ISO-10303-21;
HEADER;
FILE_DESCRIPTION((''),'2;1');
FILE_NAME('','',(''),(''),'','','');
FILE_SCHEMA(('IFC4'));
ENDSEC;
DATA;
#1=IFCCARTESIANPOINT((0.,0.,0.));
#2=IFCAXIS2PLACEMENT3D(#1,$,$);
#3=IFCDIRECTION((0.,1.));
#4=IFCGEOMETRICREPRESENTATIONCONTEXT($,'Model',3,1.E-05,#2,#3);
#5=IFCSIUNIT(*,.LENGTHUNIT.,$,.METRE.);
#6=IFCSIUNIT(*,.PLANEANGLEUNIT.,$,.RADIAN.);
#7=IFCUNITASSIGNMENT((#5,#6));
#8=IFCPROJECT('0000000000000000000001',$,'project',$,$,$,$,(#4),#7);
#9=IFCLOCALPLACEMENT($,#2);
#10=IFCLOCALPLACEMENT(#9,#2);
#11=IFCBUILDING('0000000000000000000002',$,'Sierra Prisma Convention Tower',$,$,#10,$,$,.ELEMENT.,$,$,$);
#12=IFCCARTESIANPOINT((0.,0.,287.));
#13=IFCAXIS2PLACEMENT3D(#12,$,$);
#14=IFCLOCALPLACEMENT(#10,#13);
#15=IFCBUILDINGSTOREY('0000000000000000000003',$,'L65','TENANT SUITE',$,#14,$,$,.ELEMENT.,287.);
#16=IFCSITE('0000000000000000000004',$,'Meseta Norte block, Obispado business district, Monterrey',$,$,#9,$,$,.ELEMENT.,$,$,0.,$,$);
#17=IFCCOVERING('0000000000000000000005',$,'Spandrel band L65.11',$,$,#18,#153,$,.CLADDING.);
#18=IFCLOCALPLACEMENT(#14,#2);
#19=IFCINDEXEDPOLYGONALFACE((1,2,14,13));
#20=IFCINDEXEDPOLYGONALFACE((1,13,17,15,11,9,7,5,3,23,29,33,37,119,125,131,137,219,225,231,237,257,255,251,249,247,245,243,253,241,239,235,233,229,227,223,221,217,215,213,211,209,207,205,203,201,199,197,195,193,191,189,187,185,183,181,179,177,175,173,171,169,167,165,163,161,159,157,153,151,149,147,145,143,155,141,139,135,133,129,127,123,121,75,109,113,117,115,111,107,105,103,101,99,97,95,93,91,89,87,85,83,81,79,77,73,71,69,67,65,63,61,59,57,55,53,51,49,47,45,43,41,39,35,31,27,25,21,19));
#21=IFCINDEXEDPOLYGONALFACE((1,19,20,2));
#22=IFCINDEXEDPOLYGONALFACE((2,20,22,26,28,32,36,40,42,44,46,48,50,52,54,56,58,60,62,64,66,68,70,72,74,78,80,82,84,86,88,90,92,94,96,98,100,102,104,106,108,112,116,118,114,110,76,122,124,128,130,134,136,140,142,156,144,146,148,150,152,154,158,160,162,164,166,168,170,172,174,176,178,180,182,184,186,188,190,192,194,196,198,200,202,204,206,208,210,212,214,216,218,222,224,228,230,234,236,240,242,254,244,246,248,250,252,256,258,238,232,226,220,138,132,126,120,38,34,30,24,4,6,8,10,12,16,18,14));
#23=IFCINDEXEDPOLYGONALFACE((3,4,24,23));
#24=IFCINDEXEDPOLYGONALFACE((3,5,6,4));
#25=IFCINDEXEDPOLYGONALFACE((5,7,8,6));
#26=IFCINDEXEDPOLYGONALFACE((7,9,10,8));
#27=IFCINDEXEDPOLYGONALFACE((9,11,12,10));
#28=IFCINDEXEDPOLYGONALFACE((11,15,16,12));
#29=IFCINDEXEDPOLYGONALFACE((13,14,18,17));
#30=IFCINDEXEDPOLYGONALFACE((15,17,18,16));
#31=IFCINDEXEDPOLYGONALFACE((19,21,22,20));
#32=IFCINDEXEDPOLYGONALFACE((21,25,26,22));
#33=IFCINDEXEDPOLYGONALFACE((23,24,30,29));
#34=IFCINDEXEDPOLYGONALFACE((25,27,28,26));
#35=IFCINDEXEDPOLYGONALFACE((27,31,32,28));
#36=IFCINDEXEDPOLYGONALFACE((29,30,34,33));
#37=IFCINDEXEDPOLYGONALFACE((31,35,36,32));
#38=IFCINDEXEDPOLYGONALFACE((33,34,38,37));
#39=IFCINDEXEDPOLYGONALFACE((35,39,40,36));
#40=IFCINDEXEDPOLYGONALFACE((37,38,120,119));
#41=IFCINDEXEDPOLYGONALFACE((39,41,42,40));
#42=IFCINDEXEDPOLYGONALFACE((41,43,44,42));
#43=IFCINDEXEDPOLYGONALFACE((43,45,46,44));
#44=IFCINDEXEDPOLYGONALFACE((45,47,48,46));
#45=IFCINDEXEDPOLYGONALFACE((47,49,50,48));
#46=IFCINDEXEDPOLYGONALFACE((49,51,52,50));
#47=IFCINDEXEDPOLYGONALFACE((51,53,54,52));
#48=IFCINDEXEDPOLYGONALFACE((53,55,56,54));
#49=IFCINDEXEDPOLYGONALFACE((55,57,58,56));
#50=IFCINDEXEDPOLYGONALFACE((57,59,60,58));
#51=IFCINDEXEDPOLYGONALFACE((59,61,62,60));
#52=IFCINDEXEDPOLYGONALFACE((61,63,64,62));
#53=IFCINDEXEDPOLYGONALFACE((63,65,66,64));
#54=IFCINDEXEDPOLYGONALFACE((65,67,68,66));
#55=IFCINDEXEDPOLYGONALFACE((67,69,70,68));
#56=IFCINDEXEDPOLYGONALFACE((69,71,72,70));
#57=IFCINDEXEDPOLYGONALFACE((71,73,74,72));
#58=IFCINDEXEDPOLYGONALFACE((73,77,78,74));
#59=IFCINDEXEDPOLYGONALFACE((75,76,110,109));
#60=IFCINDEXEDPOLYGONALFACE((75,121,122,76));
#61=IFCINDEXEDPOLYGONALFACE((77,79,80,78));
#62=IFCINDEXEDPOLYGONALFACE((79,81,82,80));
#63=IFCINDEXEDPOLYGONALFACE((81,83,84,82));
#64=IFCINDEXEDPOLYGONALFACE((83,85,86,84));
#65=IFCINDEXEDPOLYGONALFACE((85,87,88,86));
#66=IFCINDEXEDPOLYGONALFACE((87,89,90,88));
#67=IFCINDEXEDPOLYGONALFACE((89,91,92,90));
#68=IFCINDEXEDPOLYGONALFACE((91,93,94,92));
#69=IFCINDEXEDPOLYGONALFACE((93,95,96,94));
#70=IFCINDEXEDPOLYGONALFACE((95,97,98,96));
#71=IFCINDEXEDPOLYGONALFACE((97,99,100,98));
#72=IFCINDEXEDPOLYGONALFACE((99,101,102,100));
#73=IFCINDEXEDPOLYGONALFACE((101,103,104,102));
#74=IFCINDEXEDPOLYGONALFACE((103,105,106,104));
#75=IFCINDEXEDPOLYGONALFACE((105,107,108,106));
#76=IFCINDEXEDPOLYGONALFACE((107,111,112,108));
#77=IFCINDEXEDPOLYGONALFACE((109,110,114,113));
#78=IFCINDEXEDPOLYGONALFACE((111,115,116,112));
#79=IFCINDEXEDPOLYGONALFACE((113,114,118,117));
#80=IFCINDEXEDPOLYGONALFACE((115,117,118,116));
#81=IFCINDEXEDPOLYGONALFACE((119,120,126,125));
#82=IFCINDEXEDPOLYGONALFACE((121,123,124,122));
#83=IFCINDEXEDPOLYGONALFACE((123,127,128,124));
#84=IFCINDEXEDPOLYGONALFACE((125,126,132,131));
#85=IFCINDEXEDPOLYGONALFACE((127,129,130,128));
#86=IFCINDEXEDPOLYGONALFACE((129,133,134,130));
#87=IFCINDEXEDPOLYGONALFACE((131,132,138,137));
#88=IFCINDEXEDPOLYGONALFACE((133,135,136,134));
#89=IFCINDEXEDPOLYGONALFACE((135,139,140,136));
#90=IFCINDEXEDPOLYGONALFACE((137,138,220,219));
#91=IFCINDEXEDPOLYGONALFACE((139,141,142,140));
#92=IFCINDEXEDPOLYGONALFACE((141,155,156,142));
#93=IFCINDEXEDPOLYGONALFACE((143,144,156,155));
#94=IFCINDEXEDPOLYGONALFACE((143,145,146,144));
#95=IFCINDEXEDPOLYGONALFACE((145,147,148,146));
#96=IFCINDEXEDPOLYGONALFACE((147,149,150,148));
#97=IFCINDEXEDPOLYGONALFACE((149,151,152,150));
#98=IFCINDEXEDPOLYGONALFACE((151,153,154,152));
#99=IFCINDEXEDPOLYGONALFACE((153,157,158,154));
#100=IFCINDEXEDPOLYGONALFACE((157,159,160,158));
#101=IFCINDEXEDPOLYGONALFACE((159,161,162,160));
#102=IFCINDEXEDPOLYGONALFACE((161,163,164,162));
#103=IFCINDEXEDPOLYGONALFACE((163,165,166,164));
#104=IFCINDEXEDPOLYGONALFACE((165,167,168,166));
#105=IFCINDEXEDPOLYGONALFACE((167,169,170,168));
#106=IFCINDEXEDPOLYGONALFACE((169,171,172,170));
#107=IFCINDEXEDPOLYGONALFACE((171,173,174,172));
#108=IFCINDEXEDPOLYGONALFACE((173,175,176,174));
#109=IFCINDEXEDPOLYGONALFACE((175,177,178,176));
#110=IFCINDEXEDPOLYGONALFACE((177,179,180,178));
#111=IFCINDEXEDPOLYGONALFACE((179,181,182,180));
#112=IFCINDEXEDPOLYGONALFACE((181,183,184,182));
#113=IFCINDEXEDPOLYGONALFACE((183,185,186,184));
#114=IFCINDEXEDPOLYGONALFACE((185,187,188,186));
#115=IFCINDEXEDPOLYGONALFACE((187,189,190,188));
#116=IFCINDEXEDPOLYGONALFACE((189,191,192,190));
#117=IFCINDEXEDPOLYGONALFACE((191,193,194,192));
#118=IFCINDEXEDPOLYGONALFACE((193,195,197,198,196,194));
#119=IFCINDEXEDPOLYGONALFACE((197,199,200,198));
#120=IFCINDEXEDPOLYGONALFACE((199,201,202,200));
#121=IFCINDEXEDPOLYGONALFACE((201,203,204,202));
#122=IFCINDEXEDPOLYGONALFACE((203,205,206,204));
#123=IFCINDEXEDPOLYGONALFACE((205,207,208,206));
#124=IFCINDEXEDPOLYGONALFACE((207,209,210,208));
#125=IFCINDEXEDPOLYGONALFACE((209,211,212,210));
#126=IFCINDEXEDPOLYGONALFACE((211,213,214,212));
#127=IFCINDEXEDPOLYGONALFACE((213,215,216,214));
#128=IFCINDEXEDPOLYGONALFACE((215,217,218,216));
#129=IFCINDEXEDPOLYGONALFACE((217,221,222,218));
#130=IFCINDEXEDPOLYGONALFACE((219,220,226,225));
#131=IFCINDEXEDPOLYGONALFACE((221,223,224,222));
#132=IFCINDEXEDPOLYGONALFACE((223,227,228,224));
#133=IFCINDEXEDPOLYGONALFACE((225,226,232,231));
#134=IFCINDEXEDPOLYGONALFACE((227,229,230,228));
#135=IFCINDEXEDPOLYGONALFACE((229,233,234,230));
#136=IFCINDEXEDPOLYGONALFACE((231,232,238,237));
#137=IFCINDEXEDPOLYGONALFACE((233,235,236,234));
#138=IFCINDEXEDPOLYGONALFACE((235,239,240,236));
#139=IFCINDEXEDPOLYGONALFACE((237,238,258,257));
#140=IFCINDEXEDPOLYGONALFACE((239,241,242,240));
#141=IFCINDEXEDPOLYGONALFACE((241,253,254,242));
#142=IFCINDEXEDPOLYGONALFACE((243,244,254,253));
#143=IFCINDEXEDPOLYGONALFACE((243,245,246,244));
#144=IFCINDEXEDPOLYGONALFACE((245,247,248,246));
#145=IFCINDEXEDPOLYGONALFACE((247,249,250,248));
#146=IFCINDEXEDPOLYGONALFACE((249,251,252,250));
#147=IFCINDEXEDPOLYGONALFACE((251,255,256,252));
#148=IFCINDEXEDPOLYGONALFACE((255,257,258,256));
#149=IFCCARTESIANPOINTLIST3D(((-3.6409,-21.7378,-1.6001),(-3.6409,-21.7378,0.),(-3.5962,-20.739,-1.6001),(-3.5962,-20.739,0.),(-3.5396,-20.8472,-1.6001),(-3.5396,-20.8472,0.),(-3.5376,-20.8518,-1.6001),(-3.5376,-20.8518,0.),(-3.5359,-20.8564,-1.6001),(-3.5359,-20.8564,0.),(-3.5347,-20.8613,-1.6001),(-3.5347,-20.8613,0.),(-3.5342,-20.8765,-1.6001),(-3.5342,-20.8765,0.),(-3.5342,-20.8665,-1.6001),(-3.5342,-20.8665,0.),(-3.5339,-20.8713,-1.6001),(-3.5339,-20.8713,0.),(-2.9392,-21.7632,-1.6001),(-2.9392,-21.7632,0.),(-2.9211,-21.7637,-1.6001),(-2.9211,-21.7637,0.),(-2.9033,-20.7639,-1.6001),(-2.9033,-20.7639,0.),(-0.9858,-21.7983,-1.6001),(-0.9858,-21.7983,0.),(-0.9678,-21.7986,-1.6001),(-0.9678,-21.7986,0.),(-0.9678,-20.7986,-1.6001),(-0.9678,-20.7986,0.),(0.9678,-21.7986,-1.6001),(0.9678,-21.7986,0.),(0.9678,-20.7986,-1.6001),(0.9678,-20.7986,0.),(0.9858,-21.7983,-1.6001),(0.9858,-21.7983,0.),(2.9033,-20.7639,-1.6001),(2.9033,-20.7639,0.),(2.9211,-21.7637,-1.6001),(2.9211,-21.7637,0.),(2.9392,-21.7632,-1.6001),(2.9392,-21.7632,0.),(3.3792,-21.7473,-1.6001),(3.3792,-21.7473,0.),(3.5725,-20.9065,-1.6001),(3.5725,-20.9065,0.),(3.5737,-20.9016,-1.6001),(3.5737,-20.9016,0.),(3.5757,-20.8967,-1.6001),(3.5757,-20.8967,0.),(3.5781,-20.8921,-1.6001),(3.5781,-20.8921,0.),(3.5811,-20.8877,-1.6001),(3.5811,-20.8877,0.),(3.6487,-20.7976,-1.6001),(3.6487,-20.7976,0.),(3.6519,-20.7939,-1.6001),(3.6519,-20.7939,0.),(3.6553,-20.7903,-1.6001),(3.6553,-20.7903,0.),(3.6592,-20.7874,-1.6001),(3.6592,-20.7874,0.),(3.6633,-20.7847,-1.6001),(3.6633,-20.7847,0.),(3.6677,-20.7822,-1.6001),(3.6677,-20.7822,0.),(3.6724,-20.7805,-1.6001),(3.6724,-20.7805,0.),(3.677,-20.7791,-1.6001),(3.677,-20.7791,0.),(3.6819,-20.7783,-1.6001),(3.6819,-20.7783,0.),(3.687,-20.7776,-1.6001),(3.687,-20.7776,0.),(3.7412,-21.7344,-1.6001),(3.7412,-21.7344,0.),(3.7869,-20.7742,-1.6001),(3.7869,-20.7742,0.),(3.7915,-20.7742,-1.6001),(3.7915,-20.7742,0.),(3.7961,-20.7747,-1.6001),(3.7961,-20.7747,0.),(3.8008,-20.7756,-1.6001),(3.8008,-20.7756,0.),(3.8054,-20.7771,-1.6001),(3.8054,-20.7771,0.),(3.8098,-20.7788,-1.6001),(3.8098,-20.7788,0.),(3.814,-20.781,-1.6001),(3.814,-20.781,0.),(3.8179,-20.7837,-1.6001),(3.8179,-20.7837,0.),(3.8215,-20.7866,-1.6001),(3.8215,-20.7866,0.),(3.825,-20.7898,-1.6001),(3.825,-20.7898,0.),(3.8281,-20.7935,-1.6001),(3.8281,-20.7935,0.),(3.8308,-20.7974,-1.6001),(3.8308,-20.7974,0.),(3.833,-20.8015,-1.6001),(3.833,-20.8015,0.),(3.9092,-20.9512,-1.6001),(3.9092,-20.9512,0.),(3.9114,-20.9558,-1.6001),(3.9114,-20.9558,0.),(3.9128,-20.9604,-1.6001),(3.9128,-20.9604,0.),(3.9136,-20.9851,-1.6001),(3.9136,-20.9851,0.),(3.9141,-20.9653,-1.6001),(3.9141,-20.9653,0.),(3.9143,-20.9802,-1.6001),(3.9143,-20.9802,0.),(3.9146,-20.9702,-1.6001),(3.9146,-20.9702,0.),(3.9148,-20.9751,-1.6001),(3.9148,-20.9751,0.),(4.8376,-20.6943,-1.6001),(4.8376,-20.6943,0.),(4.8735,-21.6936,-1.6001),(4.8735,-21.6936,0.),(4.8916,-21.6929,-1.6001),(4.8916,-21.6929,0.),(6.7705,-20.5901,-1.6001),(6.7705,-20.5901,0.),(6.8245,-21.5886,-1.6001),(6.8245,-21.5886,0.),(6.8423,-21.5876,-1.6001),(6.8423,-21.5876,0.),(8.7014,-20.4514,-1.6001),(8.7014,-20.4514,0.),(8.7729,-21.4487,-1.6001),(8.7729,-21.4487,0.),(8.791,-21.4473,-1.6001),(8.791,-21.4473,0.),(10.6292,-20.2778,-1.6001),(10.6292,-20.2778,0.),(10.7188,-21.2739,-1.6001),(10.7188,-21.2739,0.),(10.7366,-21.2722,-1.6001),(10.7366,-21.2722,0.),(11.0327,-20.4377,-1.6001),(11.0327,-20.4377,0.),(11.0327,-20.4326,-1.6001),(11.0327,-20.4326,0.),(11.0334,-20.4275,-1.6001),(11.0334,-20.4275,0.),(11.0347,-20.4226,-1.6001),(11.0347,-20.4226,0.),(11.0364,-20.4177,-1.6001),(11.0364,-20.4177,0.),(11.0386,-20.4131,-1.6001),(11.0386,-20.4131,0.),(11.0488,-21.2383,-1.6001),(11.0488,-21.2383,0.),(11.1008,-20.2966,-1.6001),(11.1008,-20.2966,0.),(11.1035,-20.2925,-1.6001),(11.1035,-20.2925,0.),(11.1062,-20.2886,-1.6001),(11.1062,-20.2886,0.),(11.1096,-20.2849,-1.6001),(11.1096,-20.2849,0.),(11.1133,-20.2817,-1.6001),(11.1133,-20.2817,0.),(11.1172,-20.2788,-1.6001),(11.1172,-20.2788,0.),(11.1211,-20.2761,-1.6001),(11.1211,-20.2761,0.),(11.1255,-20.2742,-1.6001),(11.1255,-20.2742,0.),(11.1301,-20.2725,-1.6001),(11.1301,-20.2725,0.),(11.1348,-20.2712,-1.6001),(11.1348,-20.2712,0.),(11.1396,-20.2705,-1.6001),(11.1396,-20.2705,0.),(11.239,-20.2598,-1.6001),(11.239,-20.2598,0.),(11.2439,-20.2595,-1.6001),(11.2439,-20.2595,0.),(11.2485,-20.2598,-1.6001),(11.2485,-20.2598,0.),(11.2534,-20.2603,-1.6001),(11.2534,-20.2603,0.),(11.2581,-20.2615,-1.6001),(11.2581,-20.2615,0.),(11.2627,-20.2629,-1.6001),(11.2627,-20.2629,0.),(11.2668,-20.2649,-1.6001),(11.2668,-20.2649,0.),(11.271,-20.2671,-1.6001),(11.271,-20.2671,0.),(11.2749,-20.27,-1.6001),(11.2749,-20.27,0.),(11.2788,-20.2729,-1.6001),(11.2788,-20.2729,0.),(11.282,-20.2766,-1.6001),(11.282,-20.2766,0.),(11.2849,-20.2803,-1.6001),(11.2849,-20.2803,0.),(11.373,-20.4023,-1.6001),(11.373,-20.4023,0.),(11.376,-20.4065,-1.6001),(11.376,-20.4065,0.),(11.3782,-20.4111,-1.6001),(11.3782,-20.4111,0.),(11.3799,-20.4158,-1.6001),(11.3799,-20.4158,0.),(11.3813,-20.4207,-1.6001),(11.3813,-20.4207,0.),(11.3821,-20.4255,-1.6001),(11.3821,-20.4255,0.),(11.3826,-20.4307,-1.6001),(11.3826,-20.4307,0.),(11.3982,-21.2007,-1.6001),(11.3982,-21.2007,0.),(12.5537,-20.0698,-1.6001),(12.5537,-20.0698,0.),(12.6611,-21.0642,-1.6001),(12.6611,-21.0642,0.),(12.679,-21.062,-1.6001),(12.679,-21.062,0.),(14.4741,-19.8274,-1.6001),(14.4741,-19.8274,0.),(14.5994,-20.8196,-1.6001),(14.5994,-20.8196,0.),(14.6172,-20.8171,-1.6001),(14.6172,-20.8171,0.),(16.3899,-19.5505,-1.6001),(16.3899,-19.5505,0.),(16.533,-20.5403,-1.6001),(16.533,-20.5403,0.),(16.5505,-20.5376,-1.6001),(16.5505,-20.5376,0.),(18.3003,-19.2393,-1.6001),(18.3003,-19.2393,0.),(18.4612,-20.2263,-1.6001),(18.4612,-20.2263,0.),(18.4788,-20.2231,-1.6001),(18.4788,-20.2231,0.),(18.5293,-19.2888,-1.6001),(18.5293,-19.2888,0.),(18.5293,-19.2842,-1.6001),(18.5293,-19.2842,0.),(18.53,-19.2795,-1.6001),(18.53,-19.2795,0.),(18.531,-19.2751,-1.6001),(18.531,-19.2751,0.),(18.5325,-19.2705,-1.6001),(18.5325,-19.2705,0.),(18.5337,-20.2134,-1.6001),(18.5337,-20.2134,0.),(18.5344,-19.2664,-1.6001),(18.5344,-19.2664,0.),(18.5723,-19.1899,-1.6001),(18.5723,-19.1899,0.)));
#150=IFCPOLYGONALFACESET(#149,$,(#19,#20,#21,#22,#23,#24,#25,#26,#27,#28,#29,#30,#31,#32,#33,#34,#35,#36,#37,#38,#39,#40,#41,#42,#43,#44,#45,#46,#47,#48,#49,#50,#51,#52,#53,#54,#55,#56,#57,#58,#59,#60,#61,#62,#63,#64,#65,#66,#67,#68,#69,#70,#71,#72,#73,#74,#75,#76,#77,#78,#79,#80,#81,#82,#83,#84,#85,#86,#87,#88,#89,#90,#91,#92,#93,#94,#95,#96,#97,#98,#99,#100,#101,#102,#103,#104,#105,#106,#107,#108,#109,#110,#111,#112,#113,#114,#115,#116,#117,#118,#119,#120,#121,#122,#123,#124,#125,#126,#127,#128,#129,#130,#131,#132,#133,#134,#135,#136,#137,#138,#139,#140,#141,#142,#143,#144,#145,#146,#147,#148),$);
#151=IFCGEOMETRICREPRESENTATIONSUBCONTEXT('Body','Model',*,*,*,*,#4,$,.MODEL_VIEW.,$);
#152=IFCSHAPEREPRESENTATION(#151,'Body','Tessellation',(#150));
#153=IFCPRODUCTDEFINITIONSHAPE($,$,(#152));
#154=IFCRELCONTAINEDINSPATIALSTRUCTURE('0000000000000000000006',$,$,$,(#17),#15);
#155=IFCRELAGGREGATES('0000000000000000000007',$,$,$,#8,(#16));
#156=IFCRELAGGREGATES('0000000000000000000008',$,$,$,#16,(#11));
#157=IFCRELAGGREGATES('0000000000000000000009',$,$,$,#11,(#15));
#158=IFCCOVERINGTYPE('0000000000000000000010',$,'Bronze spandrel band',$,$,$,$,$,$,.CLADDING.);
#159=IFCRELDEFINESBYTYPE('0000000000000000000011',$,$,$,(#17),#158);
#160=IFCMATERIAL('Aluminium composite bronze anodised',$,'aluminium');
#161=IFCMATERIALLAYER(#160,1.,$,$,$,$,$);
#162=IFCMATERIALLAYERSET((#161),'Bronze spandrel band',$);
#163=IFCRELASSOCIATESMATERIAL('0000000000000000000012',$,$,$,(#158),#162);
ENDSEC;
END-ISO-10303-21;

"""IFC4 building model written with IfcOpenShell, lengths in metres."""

from ifc_helpers import new_model, si_unit, direction, frame, origin, place, context, subcontext, project, spatial, polyline, outline, extrude, material, layer, layer_set, type_object, element, save


model = new_model("IFC4")

# Units and contexts
model_context = context("Model", 3, precision=1e-05, world=origin(), true_north=direction((0.0, 1.0)))
body_context = subcontext(model_context, "Body", "Model", "MODEL_VIEW")
ifc_project = project(units=[si_unit("LENGTHUNIT", "METRE"), si_unit("PLANEANGLEUNIT", "RADIAN")], contexts=[model_context])

# Site, building, storey
site_placement = place(None, origin())
site = spatial("IfcSite", under=ifc_project, at=site_placement, Name="Meseta Norte block, Obispado business district, Monterrey", CompositionType="ELEMENT", RefElevation=0.0)
building_placement = place(site_placement, origin())
building = spatial("IfcBuilding", under=site, at=building_placement, Name="Sierra Prisma Convention Tower", CompositionType="ELEMENT")
storey_placement = place(building_placement, frame((0.0, 0.0, 287.0)))
storey = spatial("IfcBuildingStorey", under=building, at=storey_placement, Name="L65", Description="TENANT SUITE", CompositionType="ELEMENT", Elevation=287.0)

# Covering
ifc_material_1 = material(Name="Aluminium composite bronze anodised", Category="aluminium")
ifc_layer_1 = layer(ifc_material_1, 1.0)
ifc_layer_set_1 = layer_set([ifc_layer_1], Name="Bronze spandrel band")
covering_type_1 = type_object("IfcCoveringType", Name="Bronze spandrel band", PredefinedType="CLADDING", material=ifc_layer_set_1)
covering_1_placement = place(storey_placement, frame((0.0, 0.0, -1.6001)))
element("IfcCovering", 1, at=covering_1_placement, inside=storey, type_object=covering_type_1, Name="Spandrel band L65.11", PredefinedType="CLADDING", context=body_context, shape_type="SweptSolid", body=[
    extrude(outline(polyline([(11.3821, -20.4255), (11.3813, -20.4207), (11.3799, -20.4158), (11.3782, -20.4111), (11.376, -20.4065), (11.373, -20.4023), (11.2849, -20.2803), (11.282, -20.2766), (11.2788, -20.2729), (11.2749, -20.27), (11.271, -20.2671), (11.2668, -20.2649), (11.2627, -20.2629), (11.2581, -20.2615), (11.2534, -20.2603), (11.2485, -20.2598), (11.2439, -20.2595), (11.239, -20.2598), (11.1396, -20.2705), (11.1348, -20.2712), (11.1301, -20.2725), (11.1255, -20.2742), (11.1211, -20.2761), (11.1172, -20.2788), (11.1133, -20.2817), (11.1096, -20.2849), (11.1062, -20.2886), (11.1035, -20.2925), (11.1008, -20.2966), (11.0386, -20.4131), (11.0364, -20.4177), (11.0347, -20.4226), (11.0334, -20.4275), (11.0327, -20.4326), (11.0327, -20.4377), (11.0488, -21.2383), (10.7366, -21.2722), (10.7188, -21.2739), (8.791, -21.4473), (8.7729, -21.4487), (6.8423, -21.5876), (6.8245, -21.5886), (4.8916, -21.6929), (4.8735, -21.6936), (3.7412, -21.7344), (3.9136, -20.9851), (3.9143, -20.9802), (3.9148, -20.9751), (3.9146, -20.9702), (3.9141, -20.9653), (3.9128, -20.9604), (3.9114, -20.9558), (3.9092, -20.9512), (3.833, -20.8015), (3.8308, -20.7974), (3.8281, -20.7935), (3.825, -20.7898), (3.8215, -20.7866), (3.8179, -20.7837), (3.814, -20.781), (3.8098, -20.7788), (3.8054, -20.7771), (3.8008, -20.7756), (3.7961, -20.7747), (3.7915, -20.7742), (3.7869, -20.7742), (3.687, -20.7776), (3.6819, -20.7783), (3.677, -20.7791), (3.6724, -20.7805), (3.6677, -20.7822), (3.6633, -20.7847), (3.6592, -20.7874), (3.6553, -20.7903), (3.6519, -20.7939), (3.6487, -20.7976), (3.5811, -20.8877), (3.5781, -20.8921), (3.5757, -20.8967), (3.5737, -20.9016), (3.5725, -20.9065), (3.3792, -21.7473), (2.9392, -21.7632), (2.9211, -21.7637), (0.9858, -21.7983), (0.9678, -21.7986), (-0.9678, -21.7986), (-0.9858, -21.7983), (-2.9211, -21.7637), (-2.9392, -21.7632), (-3.6409, -21.7378), (-3.5342, -20.8765), (-3.5339, -20.8713), (-3.5342, -20.8665), (-3.5347, -20.8613), (-3.5359, -20.8564), (-3.5376, -20.8518), (-3.5396, -20.8472), (-3.5962, -20.739), (-2.9033, -20.7639), (-0.9678, -20.7986), (0.9678, -20.7986), (2.9033, -20.7639), (4.8376, -20.6943), (6.7705, -20.5901), (8.7014, -20.4514), (10.6292, -20.2778), (12.5537, -20.0698), (14.4741, -19.8274), (16.3899, -19.5505), (18.3003, -19.2393), (18.5723, -19.1899), (18.5344, -19.2664), (18.5325, -19.2705), (18.531, -19.2751), (18.53, -19.2795), (18.5293, -19.2842), (18.5293, -19.2888), (18.5337, -20.2134), (18.4788, -20.2231), (18.4612, -20.2263), (16.5505, -20.5376), (16.533, -20.5403), (14.6172, -20.8171), (14.5994, -20.8196), (12.679, -21.062), (12.6611, -21.0642), (11.3982, -21.2007), (11.3826, -20.4307), (11.3821, -20.4255)])), origin(), (0.0, 0.0, 1.0), 1.6001),
])

save(model, "model.ifc")
